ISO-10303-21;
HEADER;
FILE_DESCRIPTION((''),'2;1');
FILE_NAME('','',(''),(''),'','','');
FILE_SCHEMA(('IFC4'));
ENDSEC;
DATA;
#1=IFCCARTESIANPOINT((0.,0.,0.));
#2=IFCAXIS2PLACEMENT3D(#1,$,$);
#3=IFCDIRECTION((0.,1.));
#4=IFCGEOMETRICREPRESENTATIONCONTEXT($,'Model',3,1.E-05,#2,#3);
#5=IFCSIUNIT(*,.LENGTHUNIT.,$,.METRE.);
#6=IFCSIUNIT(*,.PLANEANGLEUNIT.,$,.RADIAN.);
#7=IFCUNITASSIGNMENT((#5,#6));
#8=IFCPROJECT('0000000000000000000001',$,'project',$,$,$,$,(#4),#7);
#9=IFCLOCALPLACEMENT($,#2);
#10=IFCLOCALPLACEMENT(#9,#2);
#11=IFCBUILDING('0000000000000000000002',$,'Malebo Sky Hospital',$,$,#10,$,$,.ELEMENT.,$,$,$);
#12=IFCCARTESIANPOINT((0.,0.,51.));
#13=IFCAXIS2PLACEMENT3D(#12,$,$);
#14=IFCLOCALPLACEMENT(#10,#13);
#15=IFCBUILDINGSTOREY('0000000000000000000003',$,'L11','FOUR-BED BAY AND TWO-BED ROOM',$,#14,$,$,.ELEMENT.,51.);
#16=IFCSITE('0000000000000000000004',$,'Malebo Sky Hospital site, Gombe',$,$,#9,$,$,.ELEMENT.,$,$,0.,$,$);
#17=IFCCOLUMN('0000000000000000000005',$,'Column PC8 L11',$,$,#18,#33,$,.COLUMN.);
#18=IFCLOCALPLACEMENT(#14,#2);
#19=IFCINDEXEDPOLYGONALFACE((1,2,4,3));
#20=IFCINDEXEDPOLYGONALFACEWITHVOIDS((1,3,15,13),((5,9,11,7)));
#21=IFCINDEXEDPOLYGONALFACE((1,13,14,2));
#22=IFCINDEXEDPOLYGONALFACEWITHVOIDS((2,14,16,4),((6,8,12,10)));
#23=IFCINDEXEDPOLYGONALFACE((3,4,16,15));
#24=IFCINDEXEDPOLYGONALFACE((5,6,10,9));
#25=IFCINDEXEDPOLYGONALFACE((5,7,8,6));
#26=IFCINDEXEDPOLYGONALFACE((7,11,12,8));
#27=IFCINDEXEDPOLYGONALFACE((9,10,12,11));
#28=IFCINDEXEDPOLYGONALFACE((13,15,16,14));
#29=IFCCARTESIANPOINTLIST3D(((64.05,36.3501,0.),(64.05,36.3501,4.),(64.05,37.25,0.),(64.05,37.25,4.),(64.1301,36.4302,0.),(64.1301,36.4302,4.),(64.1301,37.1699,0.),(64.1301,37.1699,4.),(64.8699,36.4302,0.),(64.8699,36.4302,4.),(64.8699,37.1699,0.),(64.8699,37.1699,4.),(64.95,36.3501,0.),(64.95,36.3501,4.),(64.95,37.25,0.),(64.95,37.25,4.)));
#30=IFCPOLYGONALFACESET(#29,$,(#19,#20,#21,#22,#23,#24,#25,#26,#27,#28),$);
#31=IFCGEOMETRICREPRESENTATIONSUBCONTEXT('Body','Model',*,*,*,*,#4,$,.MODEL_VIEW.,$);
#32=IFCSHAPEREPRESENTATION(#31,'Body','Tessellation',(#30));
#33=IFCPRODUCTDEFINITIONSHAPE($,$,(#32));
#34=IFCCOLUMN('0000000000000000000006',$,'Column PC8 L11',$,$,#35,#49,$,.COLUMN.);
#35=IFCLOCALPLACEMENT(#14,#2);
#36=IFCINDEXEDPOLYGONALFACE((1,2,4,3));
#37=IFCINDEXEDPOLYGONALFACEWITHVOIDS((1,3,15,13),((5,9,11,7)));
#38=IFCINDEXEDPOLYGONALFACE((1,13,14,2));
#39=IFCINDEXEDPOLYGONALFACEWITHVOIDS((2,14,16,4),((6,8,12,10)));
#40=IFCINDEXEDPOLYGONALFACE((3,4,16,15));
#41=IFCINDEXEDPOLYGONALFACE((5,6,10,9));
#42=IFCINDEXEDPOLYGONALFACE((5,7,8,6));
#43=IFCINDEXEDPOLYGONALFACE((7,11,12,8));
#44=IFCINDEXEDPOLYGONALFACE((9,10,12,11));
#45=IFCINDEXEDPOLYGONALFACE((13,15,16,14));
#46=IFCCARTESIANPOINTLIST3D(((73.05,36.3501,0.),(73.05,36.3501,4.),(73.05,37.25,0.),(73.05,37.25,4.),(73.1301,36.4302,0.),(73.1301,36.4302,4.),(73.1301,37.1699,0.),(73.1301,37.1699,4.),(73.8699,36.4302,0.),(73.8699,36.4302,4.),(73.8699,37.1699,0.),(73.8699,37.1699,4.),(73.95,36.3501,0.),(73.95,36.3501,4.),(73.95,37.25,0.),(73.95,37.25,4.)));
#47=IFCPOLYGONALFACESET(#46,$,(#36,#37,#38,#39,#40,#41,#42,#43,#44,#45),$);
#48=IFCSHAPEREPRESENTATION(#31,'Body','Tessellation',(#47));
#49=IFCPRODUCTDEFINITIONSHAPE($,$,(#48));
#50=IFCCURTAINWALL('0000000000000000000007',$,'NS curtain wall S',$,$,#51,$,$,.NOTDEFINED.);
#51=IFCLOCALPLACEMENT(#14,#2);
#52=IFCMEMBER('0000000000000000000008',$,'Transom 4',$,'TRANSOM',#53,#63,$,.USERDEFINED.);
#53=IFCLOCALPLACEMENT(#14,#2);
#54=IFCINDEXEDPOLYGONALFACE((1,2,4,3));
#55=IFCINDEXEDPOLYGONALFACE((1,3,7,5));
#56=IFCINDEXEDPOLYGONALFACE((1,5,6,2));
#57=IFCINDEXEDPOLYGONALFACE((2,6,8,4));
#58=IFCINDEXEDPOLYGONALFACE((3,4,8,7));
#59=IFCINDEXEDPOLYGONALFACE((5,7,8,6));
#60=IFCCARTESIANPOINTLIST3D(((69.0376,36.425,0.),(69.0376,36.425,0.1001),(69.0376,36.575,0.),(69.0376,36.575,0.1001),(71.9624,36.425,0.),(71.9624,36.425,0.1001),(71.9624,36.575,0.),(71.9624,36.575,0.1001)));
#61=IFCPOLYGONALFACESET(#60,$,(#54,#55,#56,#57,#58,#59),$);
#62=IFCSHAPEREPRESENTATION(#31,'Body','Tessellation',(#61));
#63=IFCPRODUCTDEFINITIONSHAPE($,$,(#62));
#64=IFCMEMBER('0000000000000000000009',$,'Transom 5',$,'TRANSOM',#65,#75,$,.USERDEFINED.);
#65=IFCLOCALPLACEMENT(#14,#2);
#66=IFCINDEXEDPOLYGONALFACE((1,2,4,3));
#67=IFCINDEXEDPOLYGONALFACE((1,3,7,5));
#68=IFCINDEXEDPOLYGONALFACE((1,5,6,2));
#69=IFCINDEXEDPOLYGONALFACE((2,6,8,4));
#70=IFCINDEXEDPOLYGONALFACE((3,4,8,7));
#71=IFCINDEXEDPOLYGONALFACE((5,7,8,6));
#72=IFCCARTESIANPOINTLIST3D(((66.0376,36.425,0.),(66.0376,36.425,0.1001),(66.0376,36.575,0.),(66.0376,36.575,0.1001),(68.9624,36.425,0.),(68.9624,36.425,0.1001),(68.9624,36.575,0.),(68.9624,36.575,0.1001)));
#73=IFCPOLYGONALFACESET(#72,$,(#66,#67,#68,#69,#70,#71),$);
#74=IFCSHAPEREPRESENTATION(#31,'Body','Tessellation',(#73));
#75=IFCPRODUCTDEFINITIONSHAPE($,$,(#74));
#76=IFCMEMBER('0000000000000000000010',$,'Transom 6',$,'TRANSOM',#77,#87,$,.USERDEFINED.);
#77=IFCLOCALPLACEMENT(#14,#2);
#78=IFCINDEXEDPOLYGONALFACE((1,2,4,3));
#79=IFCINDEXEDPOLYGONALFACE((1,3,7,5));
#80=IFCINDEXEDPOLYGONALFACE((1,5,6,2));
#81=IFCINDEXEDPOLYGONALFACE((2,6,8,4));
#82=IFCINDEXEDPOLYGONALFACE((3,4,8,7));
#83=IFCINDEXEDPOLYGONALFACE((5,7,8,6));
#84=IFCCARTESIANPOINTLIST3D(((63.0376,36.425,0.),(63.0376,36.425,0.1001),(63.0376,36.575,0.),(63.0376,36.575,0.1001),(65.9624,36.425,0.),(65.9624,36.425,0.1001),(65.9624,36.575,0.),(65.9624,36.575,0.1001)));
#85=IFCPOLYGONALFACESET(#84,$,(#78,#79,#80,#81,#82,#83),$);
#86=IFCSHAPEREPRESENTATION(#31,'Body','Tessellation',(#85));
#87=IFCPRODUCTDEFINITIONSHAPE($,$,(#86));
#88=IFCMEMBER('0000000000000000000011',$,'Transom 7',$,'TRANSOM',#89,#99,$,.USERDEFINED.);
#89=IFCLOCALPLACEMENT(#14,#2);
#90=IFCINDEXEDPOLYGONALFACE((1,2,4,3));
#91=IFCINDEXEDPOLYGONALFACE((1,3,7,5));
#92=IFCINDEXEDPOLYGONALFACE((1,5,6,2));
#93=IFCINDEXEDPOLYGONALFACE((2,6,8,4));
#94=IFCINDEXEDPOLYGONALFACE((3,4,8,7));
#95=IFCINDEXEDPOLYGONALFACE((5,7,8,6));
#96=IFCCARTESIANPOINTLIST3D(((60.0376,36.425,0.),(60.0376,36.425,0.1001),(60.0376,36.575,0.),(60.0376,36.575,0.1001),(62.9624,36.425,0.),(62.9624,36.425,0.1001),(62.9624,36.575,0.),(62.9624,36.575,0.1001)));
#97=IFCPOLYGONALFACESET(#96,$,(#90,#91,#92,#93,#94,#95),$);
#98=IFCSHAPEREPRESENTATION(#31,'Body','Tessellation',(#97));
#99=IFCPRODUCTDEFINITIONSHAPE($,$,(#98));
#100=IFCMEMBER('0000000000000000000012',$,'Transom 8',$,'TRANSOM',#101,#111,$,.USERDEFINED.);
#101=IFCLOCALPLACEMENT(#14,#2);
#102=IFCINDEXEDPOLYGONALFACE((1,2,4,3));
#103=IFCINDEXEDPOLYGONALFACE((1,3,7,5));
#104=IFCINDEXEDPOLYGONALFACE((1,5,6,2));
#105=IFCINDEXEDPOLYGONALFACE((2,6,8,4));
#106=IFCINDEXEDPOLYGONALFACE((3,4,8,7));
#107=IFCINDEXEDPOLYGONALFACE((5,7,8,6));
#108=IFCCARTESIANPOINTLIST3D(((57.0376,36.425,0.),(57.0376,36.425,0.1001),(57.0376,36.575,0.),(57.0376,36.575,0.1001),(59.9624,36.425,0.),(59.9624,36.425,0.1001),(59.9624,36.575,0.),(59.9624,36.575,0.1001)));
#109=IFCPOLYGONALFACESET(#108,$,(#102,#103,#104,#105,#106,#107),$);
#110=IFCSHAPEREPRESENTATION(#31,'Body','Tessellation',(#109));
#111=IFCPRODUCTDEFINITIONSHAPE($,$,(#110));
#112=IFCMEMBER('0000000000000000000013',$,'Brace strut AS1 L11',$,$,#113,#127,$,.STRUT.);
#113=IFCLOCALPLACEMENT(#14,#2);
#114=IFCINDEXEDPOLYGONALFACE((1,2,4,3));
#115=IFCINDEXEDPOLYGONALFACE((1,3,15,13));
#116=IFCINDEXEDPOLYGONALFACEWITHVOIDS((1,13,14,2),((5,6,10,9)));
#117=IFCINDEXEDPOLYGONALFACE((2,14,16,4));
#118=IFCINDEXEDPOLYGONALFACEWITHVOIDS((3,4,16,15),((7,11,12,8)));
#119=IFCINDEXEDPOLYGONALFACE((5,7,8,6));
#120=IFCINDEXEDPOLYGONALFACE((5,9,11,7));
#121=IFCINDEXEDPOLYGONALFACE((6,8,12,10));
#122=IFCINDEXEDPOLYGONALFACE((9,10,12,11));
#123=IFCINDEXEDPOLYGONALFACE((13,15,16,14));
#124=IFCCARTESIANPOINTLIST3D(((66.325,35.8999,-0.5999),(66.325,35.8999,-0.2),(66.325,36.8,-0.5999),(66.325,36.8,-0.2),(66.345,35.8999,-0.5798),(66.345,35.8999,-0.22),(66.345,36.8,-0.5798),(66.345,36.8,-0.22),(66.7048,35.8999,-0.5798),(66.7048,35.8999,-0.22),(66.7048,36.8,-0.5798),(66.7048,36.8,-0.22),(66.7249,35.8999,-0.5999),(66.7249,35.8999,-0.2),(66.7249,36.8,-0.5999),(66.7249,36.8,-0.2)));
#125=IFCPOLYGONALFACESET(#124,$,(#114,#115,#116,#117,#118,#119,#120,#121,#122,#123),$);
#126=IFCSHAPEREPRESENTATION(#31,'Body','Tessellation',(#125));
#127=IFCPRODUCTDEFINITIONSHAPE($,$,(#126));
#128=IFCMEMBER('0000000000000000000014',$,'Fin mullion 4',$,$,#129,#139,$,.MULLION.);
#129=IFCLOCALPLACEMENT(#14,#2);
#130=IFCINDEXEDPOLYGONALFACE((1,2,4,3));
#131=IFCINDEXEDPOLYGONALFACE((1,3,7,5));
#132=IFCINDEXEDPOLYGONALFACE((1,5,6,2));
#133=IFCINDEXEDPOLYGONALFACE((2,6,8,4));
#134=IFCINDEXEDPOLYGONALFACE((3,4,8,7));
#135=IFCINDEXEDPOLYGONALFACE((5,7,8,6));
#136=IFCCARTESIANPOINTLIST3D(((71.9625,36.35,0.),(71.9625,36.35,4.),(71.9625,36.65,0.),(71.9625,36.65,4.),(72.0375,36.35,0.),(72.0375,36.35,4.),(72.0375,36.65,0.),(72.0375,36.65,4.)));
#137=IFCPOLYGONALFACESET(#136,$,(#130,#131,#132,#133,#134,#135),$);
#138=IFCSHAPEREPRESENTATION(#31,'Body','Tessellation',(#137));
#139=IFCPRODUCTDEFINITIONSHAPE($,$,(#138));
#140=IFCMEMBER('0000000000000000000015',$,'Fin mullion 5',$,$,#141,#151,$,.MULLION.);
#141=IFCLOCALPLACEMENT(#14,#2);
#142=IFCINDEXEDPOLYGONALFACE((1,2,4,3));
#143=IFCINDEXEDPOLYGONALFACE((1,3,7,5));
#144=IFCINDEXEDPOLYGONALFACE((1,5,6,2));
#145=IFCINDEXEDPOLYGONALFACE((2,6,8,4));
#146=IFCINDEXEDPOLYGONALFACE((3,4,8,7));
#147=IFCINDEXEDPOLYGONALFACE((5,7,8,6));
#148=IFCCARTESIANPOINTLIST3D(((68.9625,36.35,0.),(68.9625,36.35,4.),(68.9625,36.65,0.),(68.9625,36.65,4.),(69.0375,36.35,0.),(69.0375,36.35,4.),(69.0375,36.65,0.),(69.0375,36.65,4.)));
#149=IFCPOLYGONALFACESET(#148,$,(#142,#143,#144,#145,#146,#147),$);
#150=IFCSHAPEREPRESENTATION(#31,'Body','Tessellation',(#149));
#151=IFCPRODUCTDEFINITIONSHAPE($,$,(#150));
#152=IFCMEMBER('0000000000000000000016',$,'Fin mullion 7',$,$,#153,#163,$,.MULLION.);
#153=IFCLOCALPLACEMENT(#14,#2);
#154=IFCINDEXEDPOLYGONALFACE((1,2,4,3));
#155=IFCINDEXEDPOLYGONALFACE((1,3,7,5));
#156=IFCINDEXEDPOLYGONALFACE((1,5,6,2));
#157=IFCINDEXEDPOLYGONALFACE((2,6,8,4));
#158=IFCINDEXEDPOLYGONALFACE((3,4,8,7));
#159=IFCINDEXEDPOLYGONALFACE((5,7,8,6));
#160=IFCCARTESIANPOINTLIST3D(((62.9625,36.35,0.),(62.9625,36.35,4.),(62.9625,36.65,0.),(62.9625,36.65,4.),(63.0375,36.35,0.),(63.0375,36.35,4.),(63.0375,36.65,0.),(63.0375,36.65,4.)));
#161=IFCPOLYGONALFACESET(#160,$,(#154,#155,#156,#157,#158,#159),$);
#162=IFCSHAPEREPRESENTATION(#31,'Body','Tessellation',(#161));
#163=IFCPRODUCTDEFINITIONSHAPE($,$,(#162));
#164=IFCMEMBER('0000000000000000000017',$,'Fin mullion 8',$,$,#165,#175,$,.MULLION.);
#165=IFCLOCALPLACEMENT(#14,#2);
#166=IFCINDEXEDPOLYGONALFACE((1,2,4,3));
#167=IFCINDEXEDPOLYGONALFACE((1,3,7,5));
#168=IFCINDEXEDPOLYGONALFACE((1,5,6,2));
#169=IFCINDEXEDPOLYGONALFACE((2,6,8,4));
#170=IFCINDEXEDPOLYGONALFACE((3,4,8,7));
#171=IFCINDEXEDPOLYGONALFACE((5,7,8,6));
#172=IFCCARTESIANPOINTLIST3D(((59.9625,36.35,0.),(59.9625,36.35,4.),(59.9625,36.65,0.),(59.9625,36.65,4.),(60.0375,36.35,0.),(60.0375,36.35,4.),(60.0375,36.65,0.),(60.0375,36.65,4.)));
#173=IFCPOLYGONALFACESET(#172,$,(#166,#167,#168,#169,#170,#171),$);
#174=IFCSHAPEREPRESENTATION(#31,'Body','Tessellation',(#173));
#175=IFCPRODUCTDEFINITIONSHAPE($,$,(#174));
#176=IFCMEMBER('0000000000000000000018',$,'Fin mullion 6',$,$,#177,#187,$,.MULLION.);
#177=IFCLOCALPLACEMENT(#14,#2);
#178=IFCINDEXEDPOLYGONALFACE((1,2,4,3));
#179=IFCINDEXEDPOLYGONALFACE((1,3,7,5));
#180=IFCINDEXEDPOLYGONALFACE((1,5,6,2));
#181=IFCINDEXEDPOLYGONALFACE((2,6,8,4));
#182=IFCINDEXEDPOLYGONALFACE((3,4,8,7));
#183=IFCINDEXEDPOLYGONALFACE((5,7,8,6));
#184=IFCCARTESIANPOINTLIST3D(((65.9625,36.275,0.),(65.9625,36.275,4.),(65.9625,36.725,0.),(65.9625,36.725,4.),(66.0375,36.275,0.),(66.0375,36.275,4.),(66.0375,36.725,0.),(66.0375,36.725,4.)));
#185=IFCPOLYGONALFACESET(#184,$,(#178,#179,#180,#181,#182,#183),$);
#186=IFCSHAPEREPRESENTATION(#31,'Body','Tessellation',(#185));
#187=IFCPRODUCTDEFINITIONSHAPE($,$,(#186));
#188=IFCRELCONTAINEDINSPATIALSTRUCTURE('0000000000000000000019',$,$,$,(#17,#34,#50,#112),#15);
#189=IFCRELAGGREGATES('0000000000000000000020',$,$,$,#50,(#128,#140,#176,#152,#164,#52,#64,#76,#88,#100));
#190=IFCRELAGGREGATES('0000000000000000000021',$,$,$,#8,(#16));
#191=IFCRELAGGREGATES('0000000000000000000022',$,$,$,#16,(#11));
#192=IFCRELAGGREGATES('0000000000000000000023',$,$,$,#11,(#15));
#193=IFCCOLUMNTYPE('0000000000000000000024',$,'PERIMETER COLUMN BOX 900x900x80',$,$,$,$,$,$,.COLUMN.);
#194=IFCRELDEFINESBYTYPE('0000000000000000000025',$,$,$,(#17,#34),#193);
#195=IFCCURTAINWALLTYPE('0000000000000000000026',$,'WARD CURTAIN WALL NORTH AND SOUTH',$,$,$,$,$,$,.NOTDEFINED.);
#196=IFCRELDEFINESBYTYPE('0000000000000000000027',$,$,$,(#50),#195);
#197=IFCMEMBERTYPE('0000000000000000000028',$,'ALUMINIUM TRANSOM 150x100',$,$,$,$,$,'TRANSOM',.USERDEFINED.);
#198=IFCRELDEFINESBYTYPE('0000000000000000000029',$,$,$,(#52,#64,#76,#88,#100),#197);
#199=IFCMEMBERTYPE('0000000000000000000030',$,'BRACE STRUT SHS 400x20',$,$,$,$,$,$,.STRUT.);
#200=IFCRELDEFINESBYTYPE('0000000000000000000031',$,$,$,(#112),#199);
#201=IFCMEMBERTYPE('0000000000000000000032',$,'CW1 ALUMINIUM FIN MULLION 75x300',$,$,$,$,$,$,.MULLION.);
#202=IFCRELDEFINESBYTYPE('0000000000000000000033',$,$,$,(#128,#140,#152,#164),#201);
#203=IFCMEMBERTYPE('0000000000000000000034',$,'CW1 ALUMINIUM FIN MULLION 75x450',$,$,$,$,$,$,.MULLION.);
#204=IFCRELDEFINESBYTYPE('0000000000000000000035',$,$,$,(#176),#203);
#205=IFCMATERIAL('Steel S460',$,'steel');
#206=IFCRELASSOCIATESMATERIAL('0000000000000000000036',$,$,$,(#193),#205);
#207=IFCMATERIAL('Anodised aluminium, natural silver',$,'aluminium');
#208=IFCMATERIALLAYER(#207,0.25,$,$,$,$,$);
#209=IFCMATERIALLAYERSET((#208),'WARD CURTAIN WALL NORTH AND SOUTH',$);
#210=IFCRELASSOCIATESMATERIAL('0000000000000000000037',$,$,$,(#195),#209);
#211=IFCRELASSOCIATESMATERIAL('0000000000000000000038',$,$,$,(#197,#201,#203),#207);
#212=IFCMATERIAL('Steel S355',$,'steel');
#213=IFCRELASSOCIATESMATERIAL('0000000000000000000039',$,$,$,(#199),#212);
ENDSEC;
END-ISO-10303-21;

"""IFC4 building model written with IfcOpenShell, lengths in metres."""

from ifc_helpers import new_model, si_unit, direction, frame, origin, origin_2d, place, context, subcontext, project, spatial, rectangle, hollow_rectangle, extrude, material, layer, layer_set, material_profile, profile_set, type_object, element, aggregate, save


model = new_model("IFC4")

# Units and contexts
model_context = context("Model", 3, precision=1e-05, world=origin(), true_north=direction((0.0, 1.0)))
body_context = subcontext(model_context, "Body", "Model", "MODEL_VIEW")
ifc_project = project(units=[si_unit("LENGTHUNIT", "METRE"), si_unit("PLANEANGLEUNIT", "RADIAN")], contexts=[model_context])

# Site, building, storey
site_placement = place(None, origin())
site = spatial("IfcSite", under=ifc_project, at=site_placement, Name="Malebo Sky Hospital site, Gombe", CompositionType="ELEMENT", RefElevation=0.0)
building_placement = place(site_placement, origin())
building = spatial("IfcBuilding", under=site, at=building_placement, Name="Malebo Sky Hospital", CompositionType="ELEMENT")
storey_placement = place(building_placement, frame((0.0, 0.0, 51.0)))
storey = spatial("IfcBuildingStorey", under=building, at=storey_placement, Name="L11", Description="FOUR-BED BAY AND TWO-BED ROOM", CompositionType="ELEMENT", Elevation=51.0)

# Columns
ifc_material_1 = material(Name="Steel S460", Category="steel")
ifc_material_profile_1 = material_profile(ifc_material_1, hollow_rectangle(XDim=0.8999, YDim=0.8999, WallThickness=0.0801, at=origin_2d()), Name="BOX 900x900x80")
ifc_profile_set_1 = profile_set([ifc_material_profile_1], Name="Steel S460")
column_type = type_object("IfcColumnType", Name="PERIMETER COLUMN BOX 900x900x80", PredefinedType="COLUMN", material=ifc_profile_set_1)
for number, where, z_axis, x_axis, name in (
    (1, (64.5, 36.8, 0.0), (0.0, 0.0, 1.0), (1.0, 0.0, 0.0), "Column PC8 L11"),
    (2, (73.5, 36.8, 0.0), (0.0, 0.0, 1.0), (1.0, 0.0, 0.0), "Column PC8 L11"),
):
    element("IfcColumn", number, at=place(storey_placement, frame(where, z_axis=z_axis, x_axis=x_axis)), inside=storey, type_object=column_type, Name=name, PredefinedType="COLUMN", context=body_context, shape_type="SweptSolid", body=[
        extrude(hollow_rectangle(XDim=0.8999, YDim=0.8999, WallThickness=0.0801, at=origin_2d()), origin(), (0.0, 0.0, 1.0), 4.0),
    ])

# Curtain wall, members
ifc_material_2 = material(Name="Anodised aluminium, natural silver", Category="aluminium")
ifc_layer_1 = layer(ifc_material_2, 0.25)
ifc_layer_set_1 = layer_set([ifc_layer_1], Name="WARD CURTAIN WALL NORTH AND SOUTH")
curtain_wall_type = type_object("IfcCurtainWallType", Name="WARD CURTAIN WALL NORTH AND SOUTH", PredefinedType="NOTDEFINED", material=ifc_layer_set_1)
curtain_wall_placement = place(storey_placement, origin())
curtain_wall = element("IfcCurtainWall", 3, at=curtain_wall_placement, inside=storey, type_object=curtain_wall_type, Name="NS curtain wall S", PredefinedType="NOTDEFINED")
ifc_material_profile_2 = material_profile(ifc_material_2, rectangle(XDim=0.1499, YDim=0.1001, at=origin_2d()), Name="ALUMINIUM TRANSOM 150x100")
ifc_profile_set_2 = profile_set([ifc_material_profile_2], Name="Anodised aluminium, natural silver")
member_type_1 = type_object("IfcMemberType", Name="ALUMINIUM TRANSOM 150x100", ElementType="TRANSOM", PredefinedType="USERDEFINED", material=ifc_profile_set_2)
member_1_placement = place(storey_placement, frame((71.9624, 36.5, 0.05), z_axis=(-1.0, 0.0, 0.0), x_axis=(0.0, -1.0, 0.0)))
member_1 = element("IfcMember", 4, at=member_1_placement, type_object=member_type_1, Name="Transom 4", ObjectType="TRANSOM", PredefinedType="USERDEFINED", context=body_context, shape_type="SweptSolid", body=[
    extrude(rectangle(XDim=0.1499, YDim=0.1001, at=origin_2d()), origin(), (0.0, 0.0, 1.0), 2.9248),
])
member_2_placement = place(storey_placement, frame((68.9624, 36.5, 0.05), z_axis=(-1.0, 0.0, 0.0), x_axis=(0.0, -1.0, 0.0)))
member_2 = element("IfcMember", 5, at=member_2_placement, type_object=member_type_1, Name="Transom 5", ObjectType="TRANSOM", PredefinedType="USERDEFINED", context=body_context, shape_type="SweptSolid", body=[
    extrude(rectangle(XDim=0.1499, YDim=0.1001, at=origin_2d()), origin(), (0.0, 0.0, 1.0), 2.9248),
])
member_3_placement = place(storey_placement, frame((65.9624, 36.5, 0.05), z_axis=(-1.0, 0.0, 0.0), x_axis=(0.0, -1.0, 0.0)))
member_3 = element("IfcMember", 6, at=member_3_placement, type_object=member_type_1, Name="Transom 6", ObjectType="TRANSOM", PredefinedType="USERDEFINED", context=body_context, shape_type="SweptSolid", body=[
    extrude(rectangle(XDim=0.1499, YDim=0.1001, at=origin_2d()), origin(), (0.0, 0.0, 1.0), 2.9248),
])
member_4_placement = place(storey_placement, frame((62.9624, 36.5, 0.05), z_axis=(-1.0, 0.0, 0.0), x_axis=(0.0, -1.0, 0.0)))
member_4 = element("IfcMember", 7, at=member_4_placement, type_object=member_type_1, Name="Transom 7", ObjectType="TRANSOM", PredefinedType="USERDEFINED", context=body_context, shape_type="SweptSolid", body=[
    extrude(rectangle(XDim=0.1499, YDim=0.1001, at=origin_2d()), origin(), (0.0, 0.0, 1.0), 2.9248),
])
member_5_placement = place(storey_placement, frame((59.9624, 36.5, 0.05), z_axis=(-1.0, 0.0, 0.0), x_axis=(0.0, -1.0, 0.0)))
member_5 = element("IfcMember", 8, at=member_5_placement, type_object=member_type_1, Name="Transom 8", ObjectType="TRANSOM", PredefinedType="USERDEFINED", context=body_context, shape_type="SweptSolid", body=[
    extrude(rectangle(XDim=0.1499, YDim=0.1001, at=origin_2d()), origin(), (0.0, 0.0, 1.0), 2.9248),
])

# Members
ifc_material_3 = material(Name="Steel S355", Category="steel")
ifc_material_profile_3 = material_profile(ifc_material_3, hollow_rectangle(XDim=0.3999, YDim=0.3999, WallThickness=0.02, at=origin_2d()), Name="SHS 400x20")
ifc_profile_set_3 = profile_set([ifc_material_profile_3], Name="Steel S355")
member_type_2 = type_object("IfcMemberType", Name="BRACE STRUT SHS 400x20", PredefinedType="STRUT", material=ifc_profile_set_3)
member_6_placement = place(storey_placement, frame((66.5249, 35.8999, -0.3999), z_axis=(0.0, 1.0, 0.0), x_axis=(-1.0, 0.0, 0.0)))
element("IfcMember", 9, at=member_6_placement, inside=storey, type_object=member_type_2, Name="Brace strut AS1 L11", PredefinedType="STRUT", context=body_context, shape_type="SweptSolid", body=[
    extrude(hollow_rectangle(XDim=0.3999, YDim=0.3999, WallThickness=0.02, at=origin_2d()), origin(), (0.0, 0.0, 1.0), 0.9001),
])
ifc_material_profile_4 = material_profile(ifc_material_2, rectangle(XDim=0.075, YDim=0.3, at=origin_2d()), Name="CW1 ALUMINIUM FIN MULLION 75x300")
ifc_profile_set_4 = profile_set([ifc_material_profile_4], Name="Anodised aluminium, natural silver")
member_type_3 = type_object("IfcMemberType", Name="CW1 ALUMINIUM FIN MULLION 75x300", PredefinedType="MULLION", material=ifc_profile_set_4)
member_7_placement = place(storey_placement, frame((72.0, 36.5, 0.0), z_axis=(0.0, 0.0, 1.0), x_axis=(-1.0, 0.0, 0.0)))
member_7 = element("IfcMember", 10, at=member_7_placement, type_object=member_type_3, Name="Fin mullion 4", PredefinedType="MULLION", context=body_context, shape_type="SweptSolid", body=[
    extrude(rectangle(XDim=0.075, YDim=0.3, at=origin_2d()), origin(), (0.0, 0.0, 1.0), 4.0),
])
member_8_placement = place(storey_placement, frame((69.0, 36.5, 0.0), z_axis=(0.0, 0.0, 1.0), x_axis=(-1.0, 0.0, 0.0)))
member_8 = element("IfcMember", 11, at=member_8_placement, type_object=member_type_3, Name="Fin mullion 5", PredefinedType="MULLION", context=body_context, shape_type="SweptSolid", body=[
    extrude(rectangle(XDim=0.075, YDim=0.3, at=origin_2d()), origin(), (0.0, 0.0, 1.0), 4.0),
])
member_9_placement = place(storey_placement, frame((63.0, 36.5, 0.0), z_axis=(0.0, 0.0, 1.0), x_axis=(-1.0, 0.0, 0.0)))
member_9 = element("IfcMember", 12, at=member_9_placement, type_object=member_type_3, Name="Fin mullion 7", PredefinedType="MULLION", context=body_context, shape_type="SweptSolid", body=[
    extrude(rectangle(XDim=0.075, YDim=0.3, at=origin_2d()), origin(), (0.0, 0.0, 1.0), 4.0),
])
member_10_placement = place(storey_placement, frame((60.0, 36.5, 0.0), z_axis=(0.0, 0.0, 1.0), x_axis=(-1.0, 0.0, 0.0)))
member_10 = element("IfcMember", 13, at=member_10_placement, type_object=member_type_3, Name="Fin mullion 8", PredefinedType="MULLION", context=body_context, shape_type="SweptSolid", body=[
    extrude(rectangle(XDim=0.075, YDim=0.3, at=origin_2d()), origin(), (0.0, 0.0, 1.0), 4.0),
])
ifc_material_profile_5 = material_profile(ifc_material_2, rectangle(XDim=0.075, YDim=0.45, at=origin_2d()), Name="CW1 ALUMINIUM FIN MULLION 75x450")
ifc_profile_set_5 = profile_set([ifc_material_profile_5], Name="Anodised aluminium, natural silver")
member_type_4 = type_object("IfcMemberType", Name="CW1 ALUMINIUM FIN MULLION 75x450", PredefinedType="MULLION", material=ifc_profile_set_5)
member_11_placement = place(storey_placement, frame((66.0, 36.5, 0.0), z_axis=(0.0, 0.0, 1.0), x_axis=(-1.0, 0.0, 0.0)))
member_11 = element("IfcMember", 14, at=member_11_placement, type_object=member_type_4, Name="Fin mullion 6", PredefinedType="MULLION", context=body_context, shape_type="SweptSolid", body=[
    extrude(rectangle(XDim=0.075, YDim=0.45, at=origin_2d()), origin(), (0.0, 0.0, 1.0), 4.0),
])

aggregate(curtain_wall, [member_7, member_8, member_11, member_9, member_10, member_1, member_2, member_3, member_4, member_5])

save(model, "model.ifc")
